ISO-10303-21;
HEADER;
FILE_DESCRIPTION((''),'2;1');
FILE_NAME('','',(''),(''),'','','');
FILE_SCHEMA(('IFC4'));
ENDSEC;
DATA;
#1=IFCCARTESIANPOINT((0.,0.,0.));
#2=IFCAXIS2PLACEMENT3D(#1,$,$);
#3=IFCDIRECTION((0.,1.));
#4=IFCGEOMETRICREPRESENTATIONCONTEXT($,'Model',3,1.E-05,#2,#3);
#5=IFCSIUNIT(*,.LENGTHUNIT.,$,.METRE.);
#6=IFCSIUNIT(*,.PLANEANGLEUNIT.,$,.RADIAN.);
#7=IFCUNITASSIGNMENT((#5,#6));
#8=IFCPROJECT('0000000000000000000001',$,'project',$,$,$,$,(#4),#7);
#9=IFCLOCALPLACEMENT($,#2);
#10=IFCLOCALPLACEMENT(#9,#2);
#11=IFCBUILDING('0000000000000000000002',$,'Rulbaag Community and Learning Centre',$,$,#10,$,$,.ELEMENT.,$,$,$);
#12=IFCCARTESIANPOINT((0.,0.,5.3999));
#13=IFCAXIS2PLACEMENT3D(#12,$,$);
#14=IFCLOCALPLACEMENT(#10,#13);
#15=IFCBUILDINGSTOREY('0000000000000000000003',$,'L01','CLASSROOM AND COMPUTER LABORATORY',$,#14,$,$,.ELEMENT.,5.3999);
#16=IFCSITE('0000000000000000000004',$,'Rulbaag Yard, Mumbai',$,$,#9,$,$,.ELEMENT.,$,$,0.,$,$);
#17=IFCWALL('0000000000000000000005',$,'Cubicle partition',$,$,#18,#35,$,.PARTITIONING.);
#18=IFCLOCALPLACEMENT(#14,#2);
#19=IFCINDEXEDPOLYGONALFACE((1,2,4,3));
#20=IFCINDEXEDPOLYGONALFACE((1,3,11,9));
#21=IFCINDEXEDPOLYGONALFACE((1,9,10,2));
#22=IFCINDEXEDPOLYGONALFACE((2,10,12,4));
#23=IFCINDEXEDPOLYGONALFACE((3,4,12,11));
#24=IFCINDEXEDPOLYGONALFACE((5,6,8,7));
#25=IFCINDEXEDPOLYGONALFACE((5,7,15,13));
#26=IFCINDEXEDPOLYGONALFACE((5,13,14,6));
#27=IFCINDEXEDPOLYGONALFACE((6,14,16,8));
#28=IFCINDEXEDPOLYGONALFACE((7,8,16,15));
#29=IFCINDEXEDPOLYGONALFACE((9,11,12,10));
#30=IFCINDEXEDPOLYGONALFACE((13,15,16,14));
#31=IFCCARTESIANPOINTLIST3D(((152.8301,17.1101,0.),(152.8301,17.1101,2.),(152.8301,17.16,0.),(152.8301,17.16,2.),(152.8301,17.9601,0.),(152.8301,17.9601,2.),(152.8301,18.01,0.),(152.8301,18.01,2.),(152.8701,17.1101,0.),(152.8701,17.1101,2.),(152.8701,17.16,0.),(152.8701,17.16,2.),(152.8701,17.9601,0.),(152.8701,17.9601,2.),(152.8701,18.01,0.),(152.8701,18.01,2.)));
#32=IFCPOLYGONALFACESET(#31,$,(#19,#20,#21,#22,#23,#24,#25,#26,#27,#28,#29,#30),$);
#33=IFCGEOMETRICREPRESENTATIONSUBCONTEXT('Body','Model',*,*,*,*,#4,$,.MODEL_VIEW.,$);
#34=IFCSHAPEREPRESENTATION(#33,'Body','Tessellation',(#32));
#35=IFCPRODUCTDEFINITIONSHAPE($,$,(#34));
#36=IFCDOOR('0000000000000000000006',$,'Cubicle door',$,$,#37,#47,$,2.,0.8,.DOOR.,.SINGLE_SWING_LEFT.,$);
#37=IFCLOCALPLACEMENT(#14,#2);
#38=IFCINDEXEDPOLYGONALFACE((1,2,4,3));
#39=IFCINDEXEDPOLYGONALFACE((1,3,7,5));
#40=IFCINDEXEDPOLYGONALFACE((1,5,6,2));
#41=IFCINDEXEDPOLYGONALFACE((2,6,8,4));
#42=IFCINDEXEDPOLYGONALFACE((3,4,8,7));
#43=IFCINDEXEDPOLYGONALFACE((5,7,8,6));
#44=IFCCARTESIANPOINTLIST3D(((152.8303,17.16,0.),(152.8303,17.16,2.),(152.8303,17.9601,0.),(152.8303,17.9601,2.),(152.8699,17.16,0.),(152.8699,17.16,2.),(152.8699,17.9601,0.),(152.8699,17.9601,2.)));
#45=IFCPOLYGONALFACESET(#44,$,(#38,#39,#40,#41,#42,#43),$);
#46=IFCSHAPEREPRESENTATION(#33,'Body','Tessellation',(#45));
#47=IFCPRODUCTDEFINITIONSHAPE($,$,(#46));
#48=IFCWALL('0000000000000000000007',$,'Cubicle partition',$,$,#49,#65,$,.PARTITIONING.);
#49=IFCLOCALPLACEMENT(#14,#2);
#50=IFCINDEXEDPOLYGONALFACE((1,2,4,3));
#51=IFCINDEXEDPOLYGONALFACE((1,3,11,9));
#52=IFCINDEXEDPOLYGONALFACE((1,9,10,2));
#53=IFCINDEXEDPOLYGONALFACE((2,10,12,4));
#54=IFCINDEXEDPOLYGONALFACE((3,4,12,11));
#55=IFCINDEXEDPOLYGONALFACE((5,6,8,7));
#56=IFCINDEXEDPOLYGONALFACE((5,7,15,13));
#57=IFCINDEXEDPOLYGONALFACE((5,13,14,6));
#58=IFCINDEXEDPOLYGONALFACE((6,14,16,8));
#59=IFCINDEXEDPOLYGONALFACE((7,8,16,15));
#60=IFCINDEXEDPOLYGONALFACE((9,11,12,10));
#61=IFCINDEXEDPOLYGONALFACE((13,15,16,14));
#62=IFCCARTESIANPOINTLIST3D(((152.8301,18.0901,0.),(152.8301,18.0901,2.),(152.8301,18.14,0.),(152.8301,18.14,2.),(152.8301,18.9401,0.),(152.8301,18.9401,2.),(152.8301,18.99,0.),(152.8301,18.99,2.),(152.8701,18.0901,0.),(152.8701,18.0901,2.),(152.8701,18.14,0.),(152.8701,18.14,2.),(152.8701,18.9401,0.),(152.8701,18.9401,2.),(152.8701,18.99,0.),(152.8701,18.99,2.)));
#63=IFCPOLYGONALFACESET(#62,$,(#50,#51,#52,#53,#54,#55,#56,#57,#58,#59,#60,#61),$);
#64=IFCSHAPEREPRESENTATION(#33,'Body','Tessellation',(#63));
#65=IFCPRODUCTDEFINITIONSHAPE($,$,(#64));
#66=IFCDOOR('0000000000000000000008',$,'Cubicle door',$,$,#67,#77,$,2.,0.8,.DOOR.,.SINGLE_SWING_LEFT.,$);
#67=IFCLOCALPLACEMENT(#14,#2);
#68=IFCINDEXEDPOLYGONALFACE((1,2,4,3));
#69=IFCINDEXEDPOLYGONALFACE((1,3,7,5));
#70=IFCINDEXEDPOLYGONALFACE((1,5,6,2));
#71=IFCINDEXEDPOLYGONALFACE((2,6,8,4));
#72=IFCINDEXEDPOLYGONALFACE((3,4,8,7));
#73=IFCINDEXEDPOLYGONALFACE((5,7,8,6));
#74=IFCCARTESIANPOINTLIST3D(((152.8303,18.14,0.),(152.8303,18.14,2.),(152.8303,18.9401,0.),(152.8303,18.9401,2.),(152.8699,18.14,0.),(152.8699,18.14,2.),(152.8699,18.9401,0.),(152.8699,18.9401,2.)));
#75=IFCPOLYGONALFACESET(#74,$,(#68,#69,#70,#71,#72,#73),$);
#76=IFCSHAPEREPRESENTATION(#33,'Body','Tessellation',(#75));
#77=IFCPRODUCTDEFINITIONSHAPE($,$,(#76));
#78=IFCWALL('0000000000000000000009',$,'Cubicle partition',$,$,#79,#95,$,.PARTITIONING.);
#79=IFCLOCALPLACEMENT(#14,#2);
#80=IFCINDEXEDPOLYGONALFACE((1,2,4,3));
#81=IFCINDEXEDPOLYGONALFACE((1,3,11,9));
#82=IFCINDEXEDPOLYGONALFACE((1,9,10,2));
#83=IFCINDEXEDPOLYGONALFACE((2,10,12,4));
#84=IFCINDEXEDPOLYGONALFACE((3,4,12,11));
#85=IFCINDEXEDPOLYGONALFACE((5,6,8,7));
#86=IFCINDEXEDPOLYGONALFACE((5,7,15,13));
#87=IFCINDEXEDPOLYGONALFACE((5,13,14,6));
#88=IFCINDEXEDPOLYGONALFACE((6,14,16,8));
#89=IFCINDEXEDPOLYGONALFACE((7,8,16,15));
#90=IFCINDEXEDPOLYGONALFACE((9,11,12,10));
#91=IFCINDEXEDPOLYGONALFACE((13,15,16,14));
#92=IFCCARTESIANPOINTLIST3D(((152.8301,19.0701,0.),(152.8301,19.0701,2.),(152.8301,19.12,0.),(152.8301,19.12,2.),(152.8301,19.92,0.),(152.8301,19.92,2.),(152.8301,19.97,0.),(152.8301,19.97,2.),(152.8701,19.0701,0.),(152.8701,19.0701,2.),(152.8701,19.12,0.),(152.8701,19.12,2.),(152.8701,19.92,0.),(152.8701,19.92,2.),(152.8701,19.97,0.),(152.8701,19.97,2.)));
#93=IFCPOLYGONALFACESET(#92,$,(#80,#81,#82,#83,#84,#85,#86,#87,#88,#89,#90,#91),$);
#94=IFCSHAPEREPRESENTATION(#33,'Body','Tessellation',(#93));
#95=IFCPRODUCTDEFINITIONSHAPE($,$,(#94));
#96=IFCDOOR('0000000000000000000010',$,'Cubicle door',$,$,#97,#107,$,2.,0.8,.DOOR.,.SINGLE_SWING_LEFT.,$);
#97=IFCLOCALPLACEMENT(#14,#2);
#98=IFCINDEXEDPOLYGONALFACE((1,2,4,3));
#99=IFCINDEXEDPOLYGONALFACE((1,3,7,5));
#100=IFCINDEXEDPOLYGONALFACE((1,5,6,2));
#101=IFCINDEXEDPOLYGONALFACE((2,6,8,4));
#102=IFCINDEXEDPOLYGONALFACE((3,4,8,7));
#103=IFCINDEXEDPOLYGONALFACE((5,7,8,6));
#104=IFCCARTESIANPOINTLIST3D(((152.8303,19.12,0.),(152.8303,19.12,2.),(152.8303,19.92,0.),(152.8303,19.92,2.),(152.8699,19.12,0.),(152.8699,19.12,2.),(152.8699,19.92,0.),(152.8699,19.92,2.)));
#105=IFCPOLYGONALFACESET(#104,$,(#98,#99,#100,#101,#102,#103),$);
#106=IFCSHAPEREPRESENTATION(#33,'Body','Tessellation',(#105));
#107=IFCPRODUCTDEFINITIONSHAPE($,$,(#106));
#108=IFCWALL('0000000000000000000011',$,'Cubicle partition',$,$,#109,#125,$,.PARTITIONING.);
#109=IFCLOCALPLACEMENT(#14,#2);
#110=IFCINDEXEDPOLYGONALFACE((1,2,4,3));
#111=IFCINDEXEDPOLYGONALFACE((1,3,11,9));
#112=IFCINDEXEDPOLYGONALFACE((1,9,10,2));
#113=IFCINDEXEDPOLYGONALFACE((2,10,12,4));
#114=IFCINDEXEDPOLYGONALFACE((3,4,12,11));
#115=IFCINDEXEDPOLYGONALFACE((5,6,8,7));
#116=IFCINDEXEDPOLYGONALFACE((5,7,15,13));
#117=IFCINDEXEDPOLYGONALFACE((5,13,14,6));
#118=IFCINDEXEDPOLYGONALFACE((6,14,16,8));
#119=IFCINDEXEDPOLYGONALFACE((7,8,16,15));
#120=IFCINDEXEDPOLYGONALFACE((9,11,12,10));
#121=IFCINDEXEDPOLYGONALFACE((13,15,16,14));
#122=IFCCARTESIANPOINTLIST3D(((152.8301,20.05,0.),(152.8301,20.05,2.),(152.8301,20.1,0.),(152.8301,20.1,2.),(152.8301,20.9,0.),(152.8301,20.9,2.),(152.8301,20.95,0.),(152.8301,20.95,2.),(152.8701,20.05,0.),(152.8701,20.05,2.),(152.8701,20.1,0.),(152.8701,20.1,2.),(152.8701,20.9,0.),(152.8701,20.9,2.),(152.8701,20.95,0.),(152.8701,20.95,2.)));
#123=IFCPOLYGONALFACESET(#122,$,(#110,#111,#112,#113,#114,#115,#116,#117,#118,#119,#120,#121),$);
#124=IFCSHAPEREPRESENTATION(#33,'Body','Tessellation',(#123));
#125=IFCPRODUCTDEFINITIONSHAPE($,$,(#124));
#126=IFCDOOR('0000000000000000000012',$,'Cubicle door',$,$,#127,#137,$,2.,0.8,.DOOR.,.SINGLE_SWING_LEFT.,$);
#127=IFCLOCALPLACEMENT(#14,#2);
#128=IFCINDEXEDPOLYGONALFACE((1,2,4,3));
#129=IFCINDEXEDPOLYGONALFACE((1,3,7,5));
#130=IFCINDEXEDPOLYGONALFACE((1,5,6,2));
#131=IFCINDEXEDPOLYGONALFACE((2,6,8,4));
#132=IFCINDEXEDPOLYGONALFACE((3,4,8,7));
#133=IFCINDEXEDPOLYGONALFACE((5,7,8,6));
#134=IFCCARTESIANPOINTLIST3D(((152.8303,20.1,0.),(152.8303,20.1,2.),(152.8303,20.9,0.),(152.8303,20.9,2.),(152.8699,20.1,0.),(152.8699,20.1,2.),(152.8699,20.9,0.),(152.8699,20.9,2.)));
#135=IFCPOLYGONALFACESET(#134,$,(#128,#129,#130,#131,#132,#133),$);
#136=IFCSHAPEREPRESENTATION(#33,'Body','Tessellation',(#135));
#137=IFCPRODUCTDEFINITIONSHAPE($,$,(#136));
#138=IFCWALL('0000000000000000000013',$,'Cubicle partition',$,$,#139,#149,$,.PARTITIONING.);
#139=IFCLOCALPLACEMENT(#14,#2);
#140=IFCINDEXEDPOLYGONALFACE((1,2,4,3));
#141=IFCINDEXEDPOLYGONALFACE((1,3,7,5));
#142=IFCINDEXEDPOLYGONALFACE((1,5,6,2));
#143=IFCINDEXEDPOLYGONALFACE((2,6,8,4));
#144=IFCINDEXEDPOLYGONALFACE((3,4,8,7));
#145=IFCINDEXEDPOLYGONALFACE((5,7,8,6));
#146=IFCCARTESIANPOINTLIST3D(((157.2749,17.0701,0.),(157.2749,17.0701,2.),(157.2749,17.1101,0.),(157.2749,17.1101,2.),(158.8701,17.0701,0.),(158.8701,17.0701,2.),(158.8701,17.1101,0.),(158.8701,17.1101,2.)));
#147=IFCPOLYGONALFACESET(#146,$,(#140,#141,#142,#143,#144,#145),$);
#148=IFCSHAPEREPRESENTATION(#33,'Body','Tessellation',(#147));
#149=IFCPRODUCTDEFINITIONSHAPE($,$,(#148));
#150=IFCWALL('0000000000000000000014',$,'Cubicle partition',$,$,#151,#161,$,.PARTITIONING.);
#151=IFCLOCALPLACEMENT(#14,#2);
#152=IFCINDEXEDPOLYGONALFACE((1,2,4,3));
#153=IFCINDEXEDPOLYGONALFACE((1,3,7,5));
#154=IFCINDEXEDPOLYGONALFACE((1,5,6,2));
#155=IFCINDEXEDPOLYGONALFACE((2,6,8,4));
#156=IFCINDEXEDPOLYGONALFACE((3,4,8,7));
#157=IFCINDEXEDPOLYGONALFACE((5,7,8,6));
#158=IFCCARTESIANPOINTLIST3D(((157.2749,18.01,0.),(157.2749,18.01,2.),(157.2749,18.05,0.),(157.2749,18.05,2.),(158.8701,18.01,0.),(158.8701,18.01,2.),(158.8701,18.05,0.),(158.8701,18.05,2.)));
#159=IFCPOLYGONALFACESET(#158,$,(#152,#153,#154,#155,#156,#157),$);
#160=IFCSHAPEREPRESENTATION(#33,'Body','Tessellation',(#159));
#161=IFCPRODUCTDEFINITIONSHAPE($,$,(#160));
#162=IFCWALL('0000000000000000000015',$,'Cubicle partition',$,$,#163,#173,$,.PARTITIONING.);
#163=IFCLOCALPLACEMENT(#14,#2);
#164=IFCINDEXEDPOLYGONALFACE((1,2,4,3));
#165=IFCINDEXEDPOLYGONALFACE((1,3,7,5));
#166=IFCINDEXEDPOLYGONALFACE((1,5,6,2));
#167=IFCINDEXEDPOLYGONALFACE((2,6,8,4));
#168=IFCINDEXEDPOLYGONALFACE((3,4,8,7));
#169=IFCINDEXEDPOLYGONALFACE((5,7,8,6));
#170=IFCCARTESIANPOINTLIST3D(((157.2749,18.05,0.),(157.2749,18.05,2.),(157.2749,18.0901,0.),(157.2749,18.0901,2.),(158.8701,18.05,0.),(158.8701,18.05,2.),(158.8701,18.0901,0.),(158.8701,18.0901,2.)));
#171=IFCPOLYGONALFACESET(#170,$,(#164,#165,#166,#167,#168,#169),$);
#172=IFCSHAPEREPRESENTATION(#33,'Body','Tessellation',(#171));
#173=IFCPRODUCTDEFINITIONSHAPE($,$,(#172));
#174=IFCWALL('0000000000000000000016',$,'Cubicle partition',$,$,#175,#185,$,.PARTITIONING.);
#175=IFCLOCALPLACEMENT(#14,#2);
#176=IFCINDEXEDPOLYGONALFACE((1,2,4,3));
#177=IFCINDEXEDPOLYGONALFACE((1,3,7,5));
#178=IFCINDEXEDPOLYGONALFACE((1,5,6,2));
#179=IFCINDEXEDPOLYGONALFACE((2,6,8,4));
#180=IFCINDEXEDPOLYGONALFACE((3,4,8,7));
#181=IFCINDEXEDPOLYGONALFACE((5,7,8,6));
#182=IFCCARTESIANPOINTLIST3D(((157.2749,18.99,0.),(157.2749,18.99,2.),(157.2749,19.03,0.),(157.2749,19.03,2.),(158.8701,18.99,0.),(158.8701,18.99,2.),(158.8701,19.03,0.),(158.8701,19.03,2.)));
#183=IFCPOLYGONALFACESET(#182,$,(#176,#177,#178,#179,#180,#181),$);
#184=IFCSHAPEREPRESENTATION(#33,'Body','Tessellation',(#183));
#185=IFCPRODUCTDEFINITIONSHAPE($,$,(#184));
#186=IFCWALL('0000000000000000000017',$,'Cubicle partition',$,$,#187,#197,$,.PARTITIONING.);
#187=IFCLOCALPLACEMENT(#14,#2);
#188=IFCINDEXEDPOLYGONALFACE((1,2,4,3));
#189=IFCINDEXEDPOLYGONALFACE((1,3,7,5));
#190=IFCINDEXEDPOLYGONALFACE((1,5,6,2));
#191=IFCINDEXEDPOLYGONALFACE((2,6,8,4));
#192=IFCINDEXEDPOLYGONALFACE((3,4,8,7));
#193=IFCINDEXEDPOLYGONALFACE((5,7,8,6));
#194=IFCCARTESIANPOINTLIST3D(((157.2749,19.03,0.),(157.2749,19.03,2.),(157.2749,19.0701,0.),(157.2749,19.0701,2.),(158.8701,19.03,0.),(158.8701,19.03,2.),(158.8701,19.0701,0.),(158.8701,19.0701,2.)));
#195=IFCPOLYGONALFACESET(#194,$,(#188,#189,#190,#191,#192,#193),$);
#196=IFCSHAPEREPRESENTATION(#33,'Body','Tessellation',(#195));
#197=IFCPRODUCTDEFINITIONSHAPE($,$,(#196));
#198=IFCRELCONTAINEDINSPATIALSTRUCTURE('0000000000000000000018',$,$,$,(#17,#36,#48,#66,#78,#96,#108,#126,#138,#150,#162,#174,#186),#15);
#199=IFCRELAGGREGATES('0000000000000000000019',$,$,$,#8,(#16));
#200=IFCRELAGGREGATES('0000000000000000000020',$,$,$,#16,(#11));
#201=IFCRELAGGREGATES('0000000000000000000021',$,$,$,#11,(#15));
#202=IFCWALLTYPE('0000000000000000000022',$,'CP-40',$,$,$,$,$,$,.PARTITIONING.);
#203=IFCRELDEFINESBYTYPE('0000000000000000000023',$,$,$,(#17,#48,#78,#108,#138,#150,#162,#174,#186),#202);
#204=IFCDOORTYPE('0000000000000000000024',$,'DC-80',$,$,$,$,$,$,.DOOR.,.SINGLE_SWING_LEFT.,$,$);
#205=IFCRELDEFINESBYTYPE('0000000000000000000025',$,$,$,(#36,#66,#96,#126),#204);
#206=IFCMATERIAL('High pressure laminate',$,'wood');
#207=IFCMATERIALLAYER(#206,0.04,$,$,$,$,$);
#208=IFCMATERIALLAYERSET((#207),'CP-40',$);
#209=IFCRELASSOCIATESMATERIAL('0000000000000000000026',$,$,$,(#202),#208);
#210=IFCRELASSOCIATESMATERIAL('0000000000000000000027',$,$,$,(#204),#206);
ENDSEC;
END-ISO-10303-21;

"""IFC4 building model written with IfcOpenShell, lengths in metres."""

from ifc_helpers import new_model, si_unit, direction, frame, frame_2d, origin, place, context, subcontext, project, spatial, rectangle, extrude, material, layer, layer_set, type_object, element, fill, save


model = new_model("IFC4")

# Units and contexts
model_context = context("Model", 3, precision=1e-05, world=origin(), true_north=direction((0.0, 1.0)))
body_context = subcontext(model_context, "Body", "Model", "MODEL_VIEW")
ifc_project = project(units=[si_unit("LENGTHUNIT", "METRE"), si_unit("PLANEANGLEUNIT", "RADIAN")], contexts=[model_context])

# Site, building, storey
site_placement = place(None, origin())
site = spatial("IfcSite", under=ifc_project, at=site_placement, Name="Rulbaag Yard, Mumbai", CompositionType="ELEMENT", RefElevation=0.0)
building_placement = place(site_placement, origin())
building = spatial("IfcBuilding", under=site, at=building_placement, Name="Rulbaag Community and Learning Centre", CompositionType="ELEMENT")
storey_placement = place(building_placement, frame((0.0, 0.0, 5.3999)))
storey = spatial("IfcBuildingStorey", under=building, at=storey_placement, Name="L01", Description="CLASSROOM AND COMPUTER LABORATORY", CompositionType="ELEMENT", Elevation=5.3999)

# Walls, openings, doors
ifc_material_1 = material(Name="High pressure laminate", Category="wood")
ifc_layer = layer(ifc_material_1, 0.04)
ifc_layer_set = layer_set([ifc_layer], Name="CP-40")
wall_type = type_object("IfcWallType", Name="CP-40", PredefinedType="PARTITIONING", material=ifc_layer_set)
wall_1_placement = place(storey_placement, frame((152.8501, 17.1101, 0.0), z_axis=(0.0, 0.0, 1.0), x_axis=(0.0, 1.0, 0.0)))
wall_1 = element("IfcWall", 1, at=wall_1_placement, inside=storey, type_object=wall_type, Name="Cubicle partition", PredefinedType="PARTITIONING", context=body_context, shape_type="SweptSolid", body=[
    extrude(rectangle(XDim=0.8999, YDim=0.04, at=frame_2d((0.45, 0.0))), origin(), (0.0, 0.0, 1.0), 2.0),
])
opening_1_placement = place(wall_1_placement, frame((0.05, 0.0, 0.0)))
opening_1 = element("IfcOpeningElement", 2, at=opening_1_placement, cuts=wall_1, PredefinedType="OPENING", context=body_context, shape_type="SweptSolid", body=[
    extrude(rectangle(XDim=0.8, YDim=2.0, at=frame_2d((0.3999, 1.0))), frame((0.0, 0.03, 0.0), z_axis=(0.0, -1.0, 0.0), x_axis=(1.0, 0.0, 0.0)), (0.0, 0.0, 1.0), 0.0601),
])
door_type = type_object("IfcDoorType", Name="DC-80", OperationType="SINGLE_SWING_LEFT", PredefinedType="DOOR", material=ifc_material_1)
door_1_placement = place(opening_1_placement, origin())
door_1 = element("IfcDoor", 3, at=door_1_placement, inside=storey, type_object=door_type, Name="Cubicle door", OperationType="SINGLE_SWING_LEFT", OverallHeight=2.0, OverallWidth=0.8, PredefinedType="DOOR", context=body_context, shape_type="SweptSolid", body=[
    extrude(rectangle(XDim=0.8, YDim=2.0, at=frame_2d((0.3999, 1.0))), frame((0.0, 0.0198, 0.0), z_axis=(0.0, -1.0, 0.0), x_axis=(1.0, 0.0, 0.0)), (0.0, 0.0, 1.0), 0.0396),
])
fill(opening_1, door_1)
wall_2_placement = place(storey_placement, frame((152.8501, 18.0901, 0.0), z_axis=(0.0, 0.0, 1.0), x_axis=(0.0, 1.0, 0.0)))
wall_2 = element("IfcWall", 4, at=wall_2_placement, inside=storey, type_object=wall_type, Name="Cubicle partition", PredefinedType="PARTITIONING", context=body_context, shape_type="SweptSolid", body=[
    extrude(rectangle(XDim=0.8999, YDim=0.04, at=frame_2d((0.45, 0.0))), origin(), (0.0, 0.0, 1.0), 2.0),
])
opening_2_placement = place(wall_2_placement, frame((0.05, 0.0, 0.0)))
opening_2 = element("IfcOpeningElement", 5, at=opening_2_placement, cuts=wall_2, PredefinedType="OPENING", context=body_context, shape_type="SweptSolid", body=[
    extrude(rectangle(XDim=0.8, YDim=2.0, at=frame_2d((0.3999, 1.0))), frame((0.0, 0.03, 0.0), z_axis=(0.0, -1.0, 0.0), x_axis=(1.0, 0.0, 0.0)), (0.0, 0.0, 1.0), 0.0601),
])
door_2_placement = place(opening_2_placement, origin())
door_2 = element("IfcDoor", 6, at=door_2_placement, inside=storey, type_object=door_type, Name="Cubicle door", OperationType="SINGLE_SWING_LEFT", OverallHeight=2.0, OverallWidth=0.8, PredefinedType="DOOR", context=body_context, shape_type="SweptSolid", body=[
    extrude(rectangle(XDim=0.8, YDim=2.0, at=frame_2d((0.3999, 1.0))), frame((0.0, 0.0198, 0.0), z_axis=(0.0, -1.0, 0.0), x_axis=(1.0, 0.0, 0.0)), (0.0, 0.0, 1.0), 0.0396),
])
fill(opening_2, door_2)
wall_3_placement = place(storey_placement, frame((152.8501, 19.0701, 0.0), z_axis=(0.0, 0.0, 1.0), x_axis=(0.0, 1.0, 0.0)))
wall_3 = element("IfcWall", 7, at=wall_3_placement, inside=storey, type_object=wall_type, Name="Cubicle partition", PredefinedType="PARTITIONING", context=body_context, shape_type="SweptSolid", body=[
    extrude(rectangle(XDim=0.8999, YDim=0.04, at=frame_2d((0.45, 0.0))), origin(), (0.0, 0.0, 1.0), 2.0),
])
opening_3_placement = place(wall_3_placement, frame((0.05, 0.0, 0.0)))
opening_3 = element("IfcOpeningElement", 8, at=opening_3_placement, cuts=wall_3, PredefinedType="OPENING", context=body_context, shape_type="SweptSolid", body=[
    extrude(rectangle(XDim=0.8, YDim=2.0, at=frame_2d((0.3999, 1.0))), frame((0.0, 0.03, 0.0), z_axis=(0.0, -1.0, 0.0), x_axis=(1.0, 0.0, 0.0)), (0.0, 0.0, 1.0), 0.0601),
])
door_3_placement = place(opening_3_placement, origin())
door_3 = element("IfcDoor", 9, at=door_3_placement, inside=storey, type_object=door_type, Name="Cubicle door", OperationType="SINGLE_SWING_LEFT", OverallHeight=2.0, OverallWidth=0.8, PredefinedType="DOOR", context=body_context, shape_type="SweptSolid", body=[
    extrude(rectangle(XDim=0.8, YDim=2.0, at=frame_2d((0.3999, 1.0))), frame((0.0, 0.0198, 0.0), z_axis=(0.0, -1.0, 0.0), x_axis=(1.0, 0.0, 0.0)), (0.0, 0.0, 1.0), 0.0396),
])
fill(opening_3, door_3)
wall_4_placement = place(storey_placement, frame((152.8501, 20.05, 0.0), z_axis=(0.0, 0.0, 1.0), x_axis=(0.0, 1.0, 0.0)))
wall_4 = element("IfcWall", 10, at=wall_4_placement, inside=storey, type_object=wall_type, Name="Cubicle partition", PredefinedType="PARTITIONING", context=body_context, shape_type="SweptSolid", body=[
    extrude(rectangle(XDim=0.8999, YDim=0.04, at=frame_2d((0.45, 0.0))), origin(), (0.0, 0.0, 1.0), 2.0),
])
opening_4_placement = place(wall_4_placement, frame((0.05, 0.0, 0.0)))
opening_4 = element("IfcOpeningElement", 11, at=opening_4_placement, cuts=wall_4, PredefinedType="OPENING", context=body_context, shape_type="SweptSolid", body=[
    extrude(rectangle(XDim=0.8, YDim=2.0, at=frame_2d((0.3999, 1.0))), frame((0.0, 0.03, 0.0), z_axis=(0.0, -1.0, 0.0), x_axis=(1.0, 0.0, 0.0)), (0.0, 0.0, 1.0), 0.0601),
])
door_4_placement = place(opening_4_placement, origin())
door_4 = element("IfcDoor", 12, at=door_4_placement, inside=storey, type_object=door_type, Name="Cubicle door", OperationType="SINGLE_SWING_LEFT", OverallHeight=2.0, OverallWidth=0.8, PredefinedType="DOOR", context=body_context, shape_type="SweptSolid", body=[
    extrude(rectangle(XDim=0.8, YDim=2.0, at=frame_2d((0.3999, 1.0))), frame((0.0, 0.0198, 0.0), z_axis=(0.0, -1.0, 0.0), x_axis=(1.0, 0.0, 0.0)), (0.0, 0.0, 1.0), 0.0396),
])
fill(opening_4, door_4)

# Walls
for number, where, z_axis, x_axis, name in (
    (13, (157.2749, 17.0901, 0.0), (0.0, 0.0, 1.0), (1.0, 0.0, 0.0), "Cubicle partition"),
    (14, (157.2749, 18.03, 0.0), (0.0, 0.0, 1.0), (1.0, 0.0, 0.0), "Cubicle partition"),
    (15, (157.2749, 18.0701, 0.0), (0.0, 0.0, 1.0), (1.0, 0.0, 0.0), "Cubicle partition"),
    (16, (157.2749, 19.01, 0.0), (0.0, 0.0, 1.0), (1.0, 0.0, 0.0), "Cubicle partition"),
    (17, (157.2749, 19.05, 0.0), (0.0, 0.0, 1.0), (1.0, 0.0, 0.0), "Cubicle partition"),
):
    element("IfcWall", number, at=place(storey_placement, frame(where, z_axis=z_axis, x_axis=x_axis)), inside=storey, type_object=wall_type, Name=name, PredefinedType="PARTITIONING", context=body_context, shape_type="SweptSolid", body=[
        extrude(rectangle(XDim=1.5952, YDim=0.04, at=frame_2d((0.7976, 0.0))), origin(), (0.0, 0.0, 1.0), 2.0),
    ])

save(model, "model.ifc")
